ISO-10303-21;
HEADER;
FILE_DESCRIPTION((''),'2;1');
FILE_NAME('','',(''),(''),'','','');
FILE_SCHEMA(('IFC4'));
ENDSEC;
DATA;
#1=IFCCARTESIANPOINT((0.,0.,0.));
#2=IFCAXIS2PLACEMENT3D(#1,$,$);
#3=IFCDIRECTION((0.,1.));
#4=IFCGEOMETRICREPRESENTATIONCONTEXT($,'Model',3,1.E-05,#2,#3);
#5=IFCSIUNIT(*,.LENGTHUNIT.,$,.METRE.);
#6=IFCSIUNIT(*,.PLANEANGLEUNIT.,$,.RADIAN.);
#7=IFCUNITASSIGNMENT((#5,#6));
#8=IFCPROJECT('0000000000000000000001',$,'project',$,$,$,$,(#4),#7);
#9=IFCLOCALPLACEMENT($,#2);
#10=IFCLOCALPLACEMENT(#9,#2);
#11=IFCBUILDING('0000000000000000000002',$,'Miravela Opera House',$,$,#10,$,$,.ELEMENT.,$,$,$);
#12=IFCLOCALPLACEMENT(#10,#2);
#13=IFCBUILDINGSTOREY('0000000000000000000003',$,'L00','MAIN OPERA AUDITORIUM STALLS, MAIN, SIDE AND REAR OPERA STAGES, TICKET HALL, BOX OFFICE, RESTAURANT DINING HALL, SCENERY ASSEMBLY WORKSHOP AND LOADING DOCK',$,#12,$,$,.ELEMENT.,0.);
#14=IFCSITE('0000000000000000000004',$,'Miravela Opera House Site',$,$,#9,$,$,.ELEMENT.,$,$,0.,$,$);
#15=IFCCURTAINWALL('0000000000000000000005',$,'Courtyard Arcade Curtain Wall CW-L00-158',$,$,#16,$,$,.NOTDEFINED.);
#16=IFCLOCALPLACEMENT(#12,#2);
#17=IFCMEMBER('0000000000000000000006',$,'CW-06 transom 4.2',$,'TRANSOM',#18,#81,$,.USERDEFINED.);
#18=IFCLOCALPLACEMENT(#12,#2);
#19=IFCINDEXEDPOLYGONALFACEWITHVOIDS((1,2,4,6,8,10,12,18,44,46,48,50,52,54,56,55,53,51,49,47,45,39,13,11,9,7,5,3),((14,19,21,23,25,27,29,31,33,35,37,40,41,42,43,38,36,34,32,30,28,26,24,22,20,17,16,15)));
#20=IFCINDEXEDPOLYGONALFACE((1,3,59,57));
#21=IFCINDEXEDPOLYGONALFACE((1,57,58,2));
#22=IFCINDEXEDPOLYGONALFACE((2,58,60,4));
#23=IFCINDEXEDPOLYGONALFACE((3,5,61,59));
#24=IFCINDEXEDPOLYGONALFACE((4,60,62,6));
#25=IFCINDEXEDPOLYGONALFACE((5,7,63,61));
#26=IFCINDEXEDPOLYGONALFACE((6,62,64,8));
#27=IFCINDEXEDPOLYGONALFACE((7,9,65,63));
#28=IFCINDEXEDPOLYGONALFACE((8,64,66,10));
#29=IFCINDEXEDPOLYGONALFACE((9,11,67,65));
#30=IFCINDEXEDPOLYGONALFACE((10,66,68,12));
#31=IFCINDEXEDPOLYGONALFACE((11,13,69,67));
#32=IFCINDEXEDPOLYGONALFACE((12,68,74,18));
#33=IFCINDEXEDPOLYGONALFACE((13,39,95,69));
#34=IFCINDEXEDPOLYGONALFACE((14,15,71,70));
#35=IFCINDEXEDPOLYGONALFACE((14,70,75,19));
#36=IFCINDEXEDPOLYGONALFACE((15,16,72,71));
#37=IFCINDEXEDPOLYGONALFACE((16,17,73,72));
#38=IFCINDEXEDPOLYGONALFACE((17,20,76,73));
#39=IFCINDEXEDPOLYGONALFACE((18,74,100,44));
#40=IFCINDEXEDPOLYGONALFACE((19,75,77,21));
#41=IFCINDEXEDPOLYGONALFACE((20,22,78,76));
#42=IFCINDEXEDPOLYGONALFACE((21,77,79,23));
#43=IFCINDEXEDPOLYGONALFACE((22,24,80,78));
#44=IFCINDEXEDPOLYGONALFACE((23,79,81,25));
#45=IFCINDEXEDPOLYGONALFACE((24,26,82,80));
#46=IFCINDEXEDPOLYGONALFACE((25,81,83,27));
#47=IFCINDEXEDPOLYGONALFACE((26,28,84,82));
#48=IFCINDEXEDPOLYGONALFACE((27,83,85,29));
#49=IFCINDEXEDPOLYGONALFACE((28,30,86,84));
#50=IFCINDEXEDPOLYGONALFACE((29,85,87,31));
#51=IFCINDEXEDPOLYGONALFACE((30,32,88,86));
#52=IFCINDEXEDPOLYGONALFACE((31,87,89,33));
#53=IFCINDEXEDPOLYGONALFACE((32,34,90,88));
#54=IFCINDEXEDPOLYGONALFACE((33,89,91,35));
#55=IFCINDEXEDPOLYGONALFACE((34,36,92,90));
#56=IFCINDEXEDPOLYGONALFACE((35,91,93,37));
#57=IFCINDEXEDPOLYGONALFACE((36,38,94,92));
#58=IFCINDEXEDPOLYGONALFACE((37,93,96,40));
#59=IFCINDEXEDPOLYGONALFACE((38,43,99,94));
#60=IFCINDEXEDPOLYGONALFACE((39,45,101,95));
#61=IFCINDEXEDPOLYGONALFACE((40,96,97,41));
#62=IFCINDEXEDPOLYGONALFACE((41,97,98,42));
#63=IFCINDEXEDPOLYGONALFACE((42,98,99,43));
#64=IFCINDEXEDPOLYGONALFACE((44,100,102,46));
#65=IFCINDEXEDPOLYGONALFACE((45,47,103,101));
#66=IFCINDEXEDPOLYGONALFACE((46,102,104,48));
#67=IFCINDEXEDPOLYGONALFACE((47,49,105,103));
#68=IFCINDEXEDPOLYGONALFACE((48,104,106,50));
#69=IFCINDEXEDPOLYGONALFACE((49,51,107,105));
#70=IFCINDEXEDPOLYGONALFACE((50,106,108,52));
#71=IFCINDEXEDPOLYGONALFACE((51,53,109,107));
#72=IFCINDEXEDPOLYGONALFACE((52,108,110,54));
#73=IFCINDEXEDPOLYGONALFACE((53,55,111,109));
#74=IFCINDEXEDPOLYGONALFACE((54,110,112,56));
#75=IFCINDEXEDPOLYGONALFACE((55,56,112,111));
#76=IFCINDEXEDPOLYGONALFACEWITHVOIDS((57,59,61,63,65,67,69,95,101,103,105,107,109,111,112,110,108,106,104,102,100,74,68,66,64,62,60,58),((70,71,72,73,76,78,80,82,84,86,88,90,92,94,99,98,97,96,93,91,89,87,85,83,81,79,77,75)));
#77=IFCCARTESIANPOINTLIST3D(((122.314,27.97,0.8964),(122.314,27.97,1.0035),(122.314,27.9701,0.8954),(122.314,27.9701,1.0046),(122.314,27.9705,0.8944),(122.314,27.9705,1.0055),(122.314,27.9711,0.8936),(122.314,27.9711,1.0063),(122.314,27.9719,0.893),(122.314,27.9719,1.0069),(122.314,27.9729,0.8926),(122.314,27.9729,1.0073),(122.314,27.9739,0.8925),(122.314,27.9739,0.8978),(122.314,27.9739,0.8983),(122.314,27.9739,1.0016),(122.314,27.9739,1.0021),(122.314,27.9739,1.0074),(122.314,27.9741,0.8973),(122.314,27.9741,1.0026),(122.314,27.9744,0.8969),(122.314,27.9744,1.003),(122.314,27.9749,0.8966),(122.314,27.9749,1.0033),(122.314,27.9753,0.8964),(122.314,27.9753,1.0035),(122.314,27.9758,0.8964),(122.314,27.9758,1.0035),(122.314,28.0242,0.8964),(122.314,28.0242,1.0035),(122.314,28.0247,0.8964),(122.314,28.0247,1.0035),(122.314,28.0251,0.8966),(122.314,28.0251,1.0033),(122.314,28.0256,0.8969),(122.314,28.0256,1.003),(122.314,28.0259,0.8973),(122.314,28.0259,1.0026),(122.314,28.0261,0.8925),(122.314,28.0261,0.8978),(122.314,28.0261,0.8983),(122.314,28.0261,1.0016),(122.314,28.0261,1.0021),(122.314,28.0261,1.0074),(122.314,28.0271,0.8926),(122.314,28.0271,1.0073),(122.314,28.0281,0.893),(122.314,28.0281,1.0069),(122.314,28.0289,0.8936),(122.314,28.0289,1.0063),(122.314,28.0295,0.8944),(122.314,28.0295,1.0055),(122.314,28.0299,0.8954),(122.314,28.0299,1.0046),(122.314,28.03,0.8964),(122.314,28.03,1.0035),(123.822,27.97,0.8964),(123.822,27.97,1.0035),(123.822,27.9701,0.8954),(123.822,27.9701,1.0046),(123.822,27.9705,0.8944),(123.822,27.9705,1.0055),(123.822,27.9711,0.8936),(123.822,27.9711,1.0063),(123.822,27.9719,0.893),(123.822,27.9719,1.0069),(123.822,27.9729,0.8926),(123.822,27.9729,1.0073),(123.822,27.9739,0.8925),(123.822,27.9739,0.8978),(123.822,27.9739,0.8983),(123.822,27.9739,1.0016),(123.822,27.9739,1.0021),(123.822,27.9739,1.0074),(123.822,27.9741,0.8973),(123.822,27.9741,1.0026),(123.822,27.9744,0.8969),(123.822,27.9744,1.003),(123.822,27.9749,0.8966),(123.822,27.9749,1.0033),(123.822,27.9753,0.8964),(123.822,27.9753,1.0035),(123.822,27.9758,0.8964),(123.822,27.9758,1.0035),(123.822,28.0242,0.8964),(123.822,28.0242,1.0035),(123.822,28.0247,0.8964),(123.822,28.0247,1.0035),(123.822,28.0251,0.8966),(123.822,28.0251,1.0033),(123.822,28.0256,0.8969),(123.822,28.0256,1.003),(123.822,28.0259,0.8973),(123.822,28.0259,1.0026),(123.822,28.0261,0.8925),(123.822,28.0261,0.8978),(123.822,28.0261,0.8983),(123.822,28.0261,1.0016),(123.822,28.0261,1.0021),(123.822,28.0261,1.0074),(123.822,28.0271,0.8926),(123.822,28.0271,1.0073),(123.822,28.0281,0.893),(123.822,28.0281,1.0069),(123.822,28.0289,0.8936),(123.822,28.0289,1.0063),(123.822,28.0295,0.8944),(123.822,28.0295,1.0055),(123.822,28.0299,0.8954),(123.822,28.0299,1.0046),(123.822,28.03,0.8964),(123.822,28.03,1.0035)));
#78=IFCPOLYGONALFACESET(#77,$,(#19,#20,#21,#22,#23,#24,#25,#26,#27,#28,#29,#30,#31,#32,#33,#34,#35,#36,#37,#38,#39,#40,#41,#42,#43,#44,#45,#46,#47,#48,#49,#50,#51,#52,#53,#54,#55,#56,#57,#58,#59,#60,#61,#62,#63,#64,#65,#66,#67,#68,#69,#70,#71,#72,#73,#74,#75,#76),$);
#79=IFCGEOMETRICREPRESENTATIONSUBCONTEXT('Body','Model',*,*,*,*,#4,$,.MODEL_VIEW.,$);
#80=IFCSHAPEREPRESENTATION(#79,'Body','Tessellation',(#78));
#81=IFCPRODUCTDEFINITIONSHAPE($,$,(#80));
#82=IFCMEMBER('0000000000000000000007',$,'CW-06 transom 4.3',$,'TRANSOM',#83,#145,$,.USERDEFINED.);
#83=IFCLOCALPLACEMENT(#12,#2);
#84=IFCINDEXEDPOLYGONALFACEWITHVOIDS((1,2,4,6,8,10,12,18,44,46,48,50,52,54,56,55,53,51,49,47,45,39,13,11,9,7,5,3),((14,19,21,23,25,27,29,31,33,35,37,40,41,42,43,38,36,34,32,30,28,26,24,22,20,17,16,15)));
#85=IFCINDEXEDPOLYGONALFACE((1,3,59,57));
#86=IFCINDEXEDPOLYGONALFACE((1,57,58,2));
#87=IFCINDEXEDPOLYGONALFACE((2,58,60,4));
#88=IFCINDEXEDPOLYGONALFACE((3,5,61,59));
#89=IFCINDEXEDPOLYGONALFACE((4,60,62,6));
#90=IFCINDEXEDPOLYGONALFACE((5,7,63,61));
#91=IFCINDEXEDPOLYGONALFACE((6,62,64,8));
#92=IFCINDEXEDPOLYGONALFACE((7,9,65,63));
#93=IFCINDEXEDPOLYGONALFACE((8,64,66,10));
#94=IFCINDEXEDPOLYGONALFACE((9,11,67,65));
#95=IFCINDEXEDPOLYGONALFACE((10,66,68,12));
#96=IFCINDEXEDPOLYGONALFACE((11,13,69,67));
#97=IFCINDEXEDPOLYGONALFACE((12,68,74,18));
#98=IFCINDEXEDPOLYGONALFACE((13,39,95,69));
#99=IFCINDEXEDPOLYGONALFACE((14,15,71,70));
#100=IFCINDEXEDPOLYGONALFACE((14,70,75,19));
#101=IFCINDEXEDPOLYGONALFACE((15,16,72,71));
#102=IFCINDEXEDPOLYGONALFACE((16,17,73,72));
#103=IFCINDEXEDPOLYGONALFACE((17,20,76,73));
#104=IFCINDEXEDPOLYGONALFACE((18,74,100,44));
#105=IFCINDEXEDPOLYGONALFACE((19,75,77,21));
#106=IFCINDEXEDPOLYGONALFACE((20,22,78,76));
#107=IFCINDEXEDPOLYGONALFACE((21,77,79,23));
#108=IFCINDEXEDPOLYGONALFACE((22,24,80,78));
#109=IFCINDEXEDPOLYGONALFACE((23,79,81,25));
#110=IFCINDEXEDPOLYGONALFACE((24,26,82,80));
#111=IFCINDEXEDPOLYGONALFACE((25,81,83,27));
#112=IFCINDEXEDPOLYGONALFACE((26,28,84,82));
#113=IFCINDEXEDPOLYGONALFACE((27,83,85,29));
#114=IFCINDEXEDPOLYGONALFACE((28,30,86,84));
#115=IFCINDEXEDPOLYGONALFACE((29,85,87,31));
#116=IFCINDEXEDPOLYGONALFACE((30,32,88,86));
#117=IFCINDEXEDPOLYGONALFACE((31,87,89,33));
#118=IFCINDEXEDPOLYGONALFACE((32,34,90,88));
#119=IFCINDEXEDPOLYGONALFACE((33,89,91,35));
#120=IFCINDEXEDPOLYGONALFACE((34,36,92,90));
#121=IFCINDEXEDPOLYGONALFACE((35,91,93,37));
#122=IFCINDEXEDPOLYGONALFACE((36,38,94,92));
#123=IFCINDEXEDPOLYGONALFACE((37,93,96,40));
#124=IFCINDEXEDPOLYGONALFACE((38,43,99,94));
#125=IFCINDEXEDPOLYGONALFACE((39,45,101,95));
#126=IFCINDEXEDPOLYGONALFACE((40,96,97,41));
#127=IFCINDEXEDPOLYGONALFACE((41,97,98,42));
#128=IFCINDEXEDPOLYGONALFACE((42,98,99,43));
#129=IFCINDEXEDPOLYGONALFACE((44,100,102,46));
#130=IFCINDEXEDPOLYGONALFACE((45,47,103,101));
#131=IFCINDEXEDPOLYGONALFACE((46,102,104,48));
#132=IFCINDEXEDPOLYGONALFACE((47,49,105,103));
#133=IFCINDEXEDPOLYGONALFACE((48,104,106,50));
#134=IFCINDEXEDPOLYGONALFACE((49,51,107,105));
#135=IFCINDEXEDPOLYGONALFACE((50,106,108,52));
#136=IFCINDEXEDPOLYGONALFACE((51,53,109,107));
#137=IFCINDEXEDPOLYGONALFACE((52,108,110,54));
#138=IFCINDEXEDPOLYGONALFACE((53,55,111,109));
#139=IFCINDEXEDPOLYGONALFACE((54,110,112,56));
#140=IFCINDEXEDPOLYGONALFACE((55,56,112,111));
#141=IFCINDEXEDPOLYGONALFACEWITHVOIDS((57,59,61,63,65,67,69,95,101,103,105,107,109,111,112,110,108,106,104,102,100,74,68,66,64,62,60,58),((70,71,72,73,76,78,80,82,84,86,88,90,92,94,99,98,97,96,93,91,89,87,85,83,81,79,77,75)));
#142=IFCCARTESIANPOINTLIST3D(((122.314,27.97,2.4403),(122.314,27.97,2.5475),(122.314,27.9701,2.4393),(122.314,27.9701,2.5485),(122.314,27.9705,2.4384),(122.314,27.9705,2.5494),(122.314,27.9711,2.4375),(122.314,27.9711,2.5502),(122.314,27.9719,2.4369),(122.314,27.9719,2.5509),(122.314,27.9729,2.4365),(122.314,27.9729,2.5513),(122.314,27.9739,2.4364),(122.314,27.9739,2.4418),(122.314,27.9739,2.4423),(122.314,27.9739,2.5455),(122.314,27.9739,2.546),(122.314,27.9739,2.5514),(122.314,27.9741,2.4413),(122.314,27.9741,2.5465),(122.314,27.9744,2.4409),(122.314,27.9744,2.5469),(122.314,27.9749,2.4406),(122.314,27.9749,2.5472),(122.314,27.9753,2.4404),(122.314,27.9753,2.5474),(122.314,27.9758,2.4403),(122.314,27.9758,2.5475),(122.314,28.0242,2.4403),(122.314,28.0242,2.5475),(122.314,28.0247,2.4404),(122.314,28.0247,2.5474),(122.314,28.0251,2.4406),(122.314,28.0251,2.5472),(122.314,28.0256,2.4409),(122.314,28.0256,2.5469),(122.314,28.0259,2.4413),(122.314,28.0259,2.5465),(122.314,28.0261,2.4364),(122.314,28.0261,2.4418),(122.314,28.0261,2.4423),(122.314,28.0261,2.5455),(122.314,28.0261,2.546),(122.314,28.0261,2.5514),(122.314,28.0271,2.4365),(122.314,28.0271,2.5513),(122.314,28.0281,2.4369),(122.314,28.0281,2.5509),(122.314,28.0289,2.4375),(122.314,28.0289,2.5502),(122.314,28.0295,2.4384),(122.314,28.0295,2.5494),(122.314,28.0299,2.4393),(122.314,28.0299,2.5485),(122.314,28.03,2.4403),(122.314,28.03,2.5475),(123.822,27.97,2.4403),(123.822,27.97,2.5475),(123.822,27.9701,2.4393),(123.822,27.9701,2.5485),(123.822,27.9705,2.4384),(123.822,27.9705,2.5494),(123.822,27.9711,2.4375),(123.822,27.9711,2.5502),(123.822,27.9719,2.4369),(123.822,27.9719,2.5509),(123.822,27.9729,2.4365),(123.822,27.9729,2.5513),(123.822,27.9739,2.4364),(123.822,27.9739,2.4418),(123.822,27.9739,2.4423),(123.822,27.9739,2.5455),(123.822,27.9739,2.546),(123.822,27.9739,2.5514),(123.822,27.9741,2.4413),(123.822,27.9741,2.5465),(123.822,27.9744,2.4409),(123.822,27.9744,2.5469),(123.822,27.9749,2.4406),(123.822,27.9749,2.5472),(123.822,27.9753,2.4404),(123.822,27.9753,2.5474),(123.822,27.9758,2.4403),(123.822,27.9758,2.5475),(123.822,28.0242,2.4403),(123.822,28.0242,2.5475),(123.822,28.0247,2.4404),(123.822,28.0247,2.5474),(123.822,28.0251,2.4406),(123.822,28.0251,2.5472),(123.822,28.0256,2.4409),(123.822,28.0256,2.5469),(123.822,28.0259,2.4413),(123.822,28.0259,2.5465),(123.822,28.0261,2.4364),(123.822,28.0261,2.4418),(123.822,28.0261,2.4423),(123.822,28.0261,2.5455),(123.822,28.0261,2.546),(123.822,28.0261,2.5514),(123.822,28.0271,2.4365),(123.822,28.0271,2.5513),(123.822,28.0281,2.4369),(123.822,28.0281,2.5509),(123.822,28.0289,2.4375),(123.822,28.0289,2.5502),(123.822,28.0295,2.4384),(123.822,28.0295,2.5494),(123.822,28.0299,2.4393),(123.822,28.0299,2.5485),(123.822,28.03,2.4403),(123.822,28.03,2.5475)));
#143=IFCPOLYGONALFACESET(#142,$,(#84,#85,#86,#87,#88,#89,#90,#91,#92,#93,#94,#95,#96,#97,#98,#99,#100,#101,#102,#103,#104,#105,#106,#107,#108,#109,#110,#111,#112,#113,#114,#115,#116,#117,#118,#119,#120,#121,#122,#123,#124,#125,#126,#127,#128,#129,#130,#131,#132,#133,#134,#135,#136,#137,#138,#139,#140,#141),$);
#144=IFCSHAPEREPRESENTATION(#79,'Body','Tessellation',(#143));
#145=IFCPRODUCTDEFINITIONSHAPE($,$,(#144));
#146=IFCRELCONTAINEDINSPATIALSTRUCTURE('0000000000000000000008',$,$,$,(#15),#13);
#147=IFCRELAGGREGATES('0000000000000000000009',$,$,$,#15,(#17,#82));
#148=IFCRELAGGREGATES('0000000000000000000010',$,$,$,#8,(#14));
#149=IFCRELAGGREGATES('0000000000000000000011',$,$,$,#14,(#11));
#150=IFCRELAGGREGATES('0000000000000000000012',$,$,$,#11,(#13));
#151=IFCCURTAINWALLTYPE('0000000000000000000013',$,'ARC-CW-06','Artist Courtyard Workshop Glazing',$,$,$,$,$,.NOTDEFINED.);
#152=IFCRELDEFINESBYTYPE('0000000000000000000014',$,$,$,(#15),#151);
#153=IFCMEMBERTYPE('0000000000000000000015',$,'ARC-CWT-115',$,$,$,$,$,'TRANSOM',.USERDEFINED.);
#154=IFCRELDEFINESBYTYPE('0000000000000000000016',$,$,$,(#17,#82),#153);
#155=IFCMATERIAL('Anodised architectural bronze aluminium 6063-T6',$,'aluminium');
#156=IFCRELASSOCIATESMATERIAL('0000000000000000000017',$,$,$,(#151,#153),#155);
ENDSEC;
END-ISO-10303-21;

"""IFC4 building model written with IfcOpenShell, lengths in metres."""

from ifc_helpers import new_model, si_unit, direction, frame, origin, origin_2d, place, context, subcontext, project, spatial, hollow_rectangle, extrude, material, material_profile, profile_set, type_object, element, aggregate, save


model = new_model("IFC4")

# Units and contexts
model_context = context("Model", 3, precision=1e-05, world=origin(), true_north=direction((0.0, 1.0)))
body_context = subcontext(model_context, "Body", "Model", "MODEL_VIEW")
ifc_project = project(units=[si_unit("LENGTHUNIT", "METRE"), si_unit("PLANEANGLEUNIT", "RADIAN")], contexts=[model_context])

# Site, building, storey
site_placement = place(None, origin())
site = spatial("IfcSite", under=ifc_project, at=site_placement, Name="Miravela Opera House Site", CompositionType="ELEMENT", RefElevation=0.0)
building_placement = place(site_placement, origin())
building = spatial("IfcBuilding", under=site, at=building_placement, Name="Miravela Opera House", CompositionType="ELEMENT")
storey_placement = place(building_placement, origin())
storey = spatial("IfcBuildingStorey", under=building, at=storey_placement, Name="L00", Description="MAIN OPERA AUDITORIUM STALLS, MAIN, SIDE AND REAR OPERA STAGES, TICKET HALL, BOX OFFICE, RESTAURANT DINING HALL, SCENERY ASSEMBLY WORKSHOP AND LOADING DOCK", CompositionType="ELEMENT", Elevation=0.0)

# Curtain wall, members
ifc_material_1 = material(Name="Anodised architectural bronze aluminium 6063-T6", Category="aluminium")
curtain_wall_type = type_object("IfcCurtainWallType", Name="ARC-CW-06", Description="Artist Courtyard Workshop Glazing", PredefinedType="NOTDEFINED", material=ifc_material_1)
curtain_wall_placement = place(storey_placement, origin())
curtain_wall = element("IfcCurtainWall", 1, at=curtain_wall_placement, inside=storey, type_object=curtain_wall_type, Name="Courtyard Arcade Curtain Wall CW-L00-158", PredefinedType="NOTDEFINED")
ifc_material_profile_1 = material_profile(ifc_material_1, hollow_rectangle(XDim=0.0601, YDim=0.115, WallThickness=0.0039, InnerFilletRadius=0.002, OuterFilletRadius=0.0039, at=origin_2d()), Name="CWT-60X115")
ifc_profile_set_1 = profile_set([ifc_material_profile_1])
member_type_1 = type_object("IfcMemberType", Name="ARC-CWT-115", ElementType="TRANSOM", PredefinedType="USERDEFINED", material=ifc_profile_set_1)
member_1_placement = place(storey_placement, frame((122.314, 28.0, 0.95), z_axis=(1.0, 0.0, 0.0), x_axis=(0.0, 1.0, 0.0)))
member_1 = element("IfcMember", 2, at=member_1_placement, type_object=member_type_1, Name="CW-06 transom 4.2", ObjectType="TRANSOM", PredefinedType="USERDEFINED", context=body_context, shape_type="SweptSolid", body=[
    extrude(hollow_rectangle(XDim=0.0601, YDim=0.115, WallThickness=0.0039, InnerFilletRadius=0.002, OuterFilletRadius=0.0039, at=origin_2d()), origin(), (0.0, 0.0, 1.0), 1.5081),
])
member_2_placement = place(storey_placement, frame((122.314, 28.0, 2.4939), z_axis=(1.0, 0.0, 0.0), x_axis=(0.0, 1.0, 0.0)))
member_2 = element("IfcMember", 3, at=member_2_placement, type_object=member_type_1, Name="CW-06 transom 4.3", ObjectType="TRANSOM", PredefinedType="USERDEFINED", context=body_context, shape_type="SweptSolid", body=[
    extrude(hollow_rectangle(XDim=0.0601, YDim=0.115, WallThickness=0.0039, InnerFilletRadius=0.002, OuterFilletRadius=0.0039, at=origin_2d()), origin(), (0.0, 0.0, 1.0), 1.5081),
])
aggregate(curtain_wall, [member_1, member_2])

save(model, "model.ifc")
